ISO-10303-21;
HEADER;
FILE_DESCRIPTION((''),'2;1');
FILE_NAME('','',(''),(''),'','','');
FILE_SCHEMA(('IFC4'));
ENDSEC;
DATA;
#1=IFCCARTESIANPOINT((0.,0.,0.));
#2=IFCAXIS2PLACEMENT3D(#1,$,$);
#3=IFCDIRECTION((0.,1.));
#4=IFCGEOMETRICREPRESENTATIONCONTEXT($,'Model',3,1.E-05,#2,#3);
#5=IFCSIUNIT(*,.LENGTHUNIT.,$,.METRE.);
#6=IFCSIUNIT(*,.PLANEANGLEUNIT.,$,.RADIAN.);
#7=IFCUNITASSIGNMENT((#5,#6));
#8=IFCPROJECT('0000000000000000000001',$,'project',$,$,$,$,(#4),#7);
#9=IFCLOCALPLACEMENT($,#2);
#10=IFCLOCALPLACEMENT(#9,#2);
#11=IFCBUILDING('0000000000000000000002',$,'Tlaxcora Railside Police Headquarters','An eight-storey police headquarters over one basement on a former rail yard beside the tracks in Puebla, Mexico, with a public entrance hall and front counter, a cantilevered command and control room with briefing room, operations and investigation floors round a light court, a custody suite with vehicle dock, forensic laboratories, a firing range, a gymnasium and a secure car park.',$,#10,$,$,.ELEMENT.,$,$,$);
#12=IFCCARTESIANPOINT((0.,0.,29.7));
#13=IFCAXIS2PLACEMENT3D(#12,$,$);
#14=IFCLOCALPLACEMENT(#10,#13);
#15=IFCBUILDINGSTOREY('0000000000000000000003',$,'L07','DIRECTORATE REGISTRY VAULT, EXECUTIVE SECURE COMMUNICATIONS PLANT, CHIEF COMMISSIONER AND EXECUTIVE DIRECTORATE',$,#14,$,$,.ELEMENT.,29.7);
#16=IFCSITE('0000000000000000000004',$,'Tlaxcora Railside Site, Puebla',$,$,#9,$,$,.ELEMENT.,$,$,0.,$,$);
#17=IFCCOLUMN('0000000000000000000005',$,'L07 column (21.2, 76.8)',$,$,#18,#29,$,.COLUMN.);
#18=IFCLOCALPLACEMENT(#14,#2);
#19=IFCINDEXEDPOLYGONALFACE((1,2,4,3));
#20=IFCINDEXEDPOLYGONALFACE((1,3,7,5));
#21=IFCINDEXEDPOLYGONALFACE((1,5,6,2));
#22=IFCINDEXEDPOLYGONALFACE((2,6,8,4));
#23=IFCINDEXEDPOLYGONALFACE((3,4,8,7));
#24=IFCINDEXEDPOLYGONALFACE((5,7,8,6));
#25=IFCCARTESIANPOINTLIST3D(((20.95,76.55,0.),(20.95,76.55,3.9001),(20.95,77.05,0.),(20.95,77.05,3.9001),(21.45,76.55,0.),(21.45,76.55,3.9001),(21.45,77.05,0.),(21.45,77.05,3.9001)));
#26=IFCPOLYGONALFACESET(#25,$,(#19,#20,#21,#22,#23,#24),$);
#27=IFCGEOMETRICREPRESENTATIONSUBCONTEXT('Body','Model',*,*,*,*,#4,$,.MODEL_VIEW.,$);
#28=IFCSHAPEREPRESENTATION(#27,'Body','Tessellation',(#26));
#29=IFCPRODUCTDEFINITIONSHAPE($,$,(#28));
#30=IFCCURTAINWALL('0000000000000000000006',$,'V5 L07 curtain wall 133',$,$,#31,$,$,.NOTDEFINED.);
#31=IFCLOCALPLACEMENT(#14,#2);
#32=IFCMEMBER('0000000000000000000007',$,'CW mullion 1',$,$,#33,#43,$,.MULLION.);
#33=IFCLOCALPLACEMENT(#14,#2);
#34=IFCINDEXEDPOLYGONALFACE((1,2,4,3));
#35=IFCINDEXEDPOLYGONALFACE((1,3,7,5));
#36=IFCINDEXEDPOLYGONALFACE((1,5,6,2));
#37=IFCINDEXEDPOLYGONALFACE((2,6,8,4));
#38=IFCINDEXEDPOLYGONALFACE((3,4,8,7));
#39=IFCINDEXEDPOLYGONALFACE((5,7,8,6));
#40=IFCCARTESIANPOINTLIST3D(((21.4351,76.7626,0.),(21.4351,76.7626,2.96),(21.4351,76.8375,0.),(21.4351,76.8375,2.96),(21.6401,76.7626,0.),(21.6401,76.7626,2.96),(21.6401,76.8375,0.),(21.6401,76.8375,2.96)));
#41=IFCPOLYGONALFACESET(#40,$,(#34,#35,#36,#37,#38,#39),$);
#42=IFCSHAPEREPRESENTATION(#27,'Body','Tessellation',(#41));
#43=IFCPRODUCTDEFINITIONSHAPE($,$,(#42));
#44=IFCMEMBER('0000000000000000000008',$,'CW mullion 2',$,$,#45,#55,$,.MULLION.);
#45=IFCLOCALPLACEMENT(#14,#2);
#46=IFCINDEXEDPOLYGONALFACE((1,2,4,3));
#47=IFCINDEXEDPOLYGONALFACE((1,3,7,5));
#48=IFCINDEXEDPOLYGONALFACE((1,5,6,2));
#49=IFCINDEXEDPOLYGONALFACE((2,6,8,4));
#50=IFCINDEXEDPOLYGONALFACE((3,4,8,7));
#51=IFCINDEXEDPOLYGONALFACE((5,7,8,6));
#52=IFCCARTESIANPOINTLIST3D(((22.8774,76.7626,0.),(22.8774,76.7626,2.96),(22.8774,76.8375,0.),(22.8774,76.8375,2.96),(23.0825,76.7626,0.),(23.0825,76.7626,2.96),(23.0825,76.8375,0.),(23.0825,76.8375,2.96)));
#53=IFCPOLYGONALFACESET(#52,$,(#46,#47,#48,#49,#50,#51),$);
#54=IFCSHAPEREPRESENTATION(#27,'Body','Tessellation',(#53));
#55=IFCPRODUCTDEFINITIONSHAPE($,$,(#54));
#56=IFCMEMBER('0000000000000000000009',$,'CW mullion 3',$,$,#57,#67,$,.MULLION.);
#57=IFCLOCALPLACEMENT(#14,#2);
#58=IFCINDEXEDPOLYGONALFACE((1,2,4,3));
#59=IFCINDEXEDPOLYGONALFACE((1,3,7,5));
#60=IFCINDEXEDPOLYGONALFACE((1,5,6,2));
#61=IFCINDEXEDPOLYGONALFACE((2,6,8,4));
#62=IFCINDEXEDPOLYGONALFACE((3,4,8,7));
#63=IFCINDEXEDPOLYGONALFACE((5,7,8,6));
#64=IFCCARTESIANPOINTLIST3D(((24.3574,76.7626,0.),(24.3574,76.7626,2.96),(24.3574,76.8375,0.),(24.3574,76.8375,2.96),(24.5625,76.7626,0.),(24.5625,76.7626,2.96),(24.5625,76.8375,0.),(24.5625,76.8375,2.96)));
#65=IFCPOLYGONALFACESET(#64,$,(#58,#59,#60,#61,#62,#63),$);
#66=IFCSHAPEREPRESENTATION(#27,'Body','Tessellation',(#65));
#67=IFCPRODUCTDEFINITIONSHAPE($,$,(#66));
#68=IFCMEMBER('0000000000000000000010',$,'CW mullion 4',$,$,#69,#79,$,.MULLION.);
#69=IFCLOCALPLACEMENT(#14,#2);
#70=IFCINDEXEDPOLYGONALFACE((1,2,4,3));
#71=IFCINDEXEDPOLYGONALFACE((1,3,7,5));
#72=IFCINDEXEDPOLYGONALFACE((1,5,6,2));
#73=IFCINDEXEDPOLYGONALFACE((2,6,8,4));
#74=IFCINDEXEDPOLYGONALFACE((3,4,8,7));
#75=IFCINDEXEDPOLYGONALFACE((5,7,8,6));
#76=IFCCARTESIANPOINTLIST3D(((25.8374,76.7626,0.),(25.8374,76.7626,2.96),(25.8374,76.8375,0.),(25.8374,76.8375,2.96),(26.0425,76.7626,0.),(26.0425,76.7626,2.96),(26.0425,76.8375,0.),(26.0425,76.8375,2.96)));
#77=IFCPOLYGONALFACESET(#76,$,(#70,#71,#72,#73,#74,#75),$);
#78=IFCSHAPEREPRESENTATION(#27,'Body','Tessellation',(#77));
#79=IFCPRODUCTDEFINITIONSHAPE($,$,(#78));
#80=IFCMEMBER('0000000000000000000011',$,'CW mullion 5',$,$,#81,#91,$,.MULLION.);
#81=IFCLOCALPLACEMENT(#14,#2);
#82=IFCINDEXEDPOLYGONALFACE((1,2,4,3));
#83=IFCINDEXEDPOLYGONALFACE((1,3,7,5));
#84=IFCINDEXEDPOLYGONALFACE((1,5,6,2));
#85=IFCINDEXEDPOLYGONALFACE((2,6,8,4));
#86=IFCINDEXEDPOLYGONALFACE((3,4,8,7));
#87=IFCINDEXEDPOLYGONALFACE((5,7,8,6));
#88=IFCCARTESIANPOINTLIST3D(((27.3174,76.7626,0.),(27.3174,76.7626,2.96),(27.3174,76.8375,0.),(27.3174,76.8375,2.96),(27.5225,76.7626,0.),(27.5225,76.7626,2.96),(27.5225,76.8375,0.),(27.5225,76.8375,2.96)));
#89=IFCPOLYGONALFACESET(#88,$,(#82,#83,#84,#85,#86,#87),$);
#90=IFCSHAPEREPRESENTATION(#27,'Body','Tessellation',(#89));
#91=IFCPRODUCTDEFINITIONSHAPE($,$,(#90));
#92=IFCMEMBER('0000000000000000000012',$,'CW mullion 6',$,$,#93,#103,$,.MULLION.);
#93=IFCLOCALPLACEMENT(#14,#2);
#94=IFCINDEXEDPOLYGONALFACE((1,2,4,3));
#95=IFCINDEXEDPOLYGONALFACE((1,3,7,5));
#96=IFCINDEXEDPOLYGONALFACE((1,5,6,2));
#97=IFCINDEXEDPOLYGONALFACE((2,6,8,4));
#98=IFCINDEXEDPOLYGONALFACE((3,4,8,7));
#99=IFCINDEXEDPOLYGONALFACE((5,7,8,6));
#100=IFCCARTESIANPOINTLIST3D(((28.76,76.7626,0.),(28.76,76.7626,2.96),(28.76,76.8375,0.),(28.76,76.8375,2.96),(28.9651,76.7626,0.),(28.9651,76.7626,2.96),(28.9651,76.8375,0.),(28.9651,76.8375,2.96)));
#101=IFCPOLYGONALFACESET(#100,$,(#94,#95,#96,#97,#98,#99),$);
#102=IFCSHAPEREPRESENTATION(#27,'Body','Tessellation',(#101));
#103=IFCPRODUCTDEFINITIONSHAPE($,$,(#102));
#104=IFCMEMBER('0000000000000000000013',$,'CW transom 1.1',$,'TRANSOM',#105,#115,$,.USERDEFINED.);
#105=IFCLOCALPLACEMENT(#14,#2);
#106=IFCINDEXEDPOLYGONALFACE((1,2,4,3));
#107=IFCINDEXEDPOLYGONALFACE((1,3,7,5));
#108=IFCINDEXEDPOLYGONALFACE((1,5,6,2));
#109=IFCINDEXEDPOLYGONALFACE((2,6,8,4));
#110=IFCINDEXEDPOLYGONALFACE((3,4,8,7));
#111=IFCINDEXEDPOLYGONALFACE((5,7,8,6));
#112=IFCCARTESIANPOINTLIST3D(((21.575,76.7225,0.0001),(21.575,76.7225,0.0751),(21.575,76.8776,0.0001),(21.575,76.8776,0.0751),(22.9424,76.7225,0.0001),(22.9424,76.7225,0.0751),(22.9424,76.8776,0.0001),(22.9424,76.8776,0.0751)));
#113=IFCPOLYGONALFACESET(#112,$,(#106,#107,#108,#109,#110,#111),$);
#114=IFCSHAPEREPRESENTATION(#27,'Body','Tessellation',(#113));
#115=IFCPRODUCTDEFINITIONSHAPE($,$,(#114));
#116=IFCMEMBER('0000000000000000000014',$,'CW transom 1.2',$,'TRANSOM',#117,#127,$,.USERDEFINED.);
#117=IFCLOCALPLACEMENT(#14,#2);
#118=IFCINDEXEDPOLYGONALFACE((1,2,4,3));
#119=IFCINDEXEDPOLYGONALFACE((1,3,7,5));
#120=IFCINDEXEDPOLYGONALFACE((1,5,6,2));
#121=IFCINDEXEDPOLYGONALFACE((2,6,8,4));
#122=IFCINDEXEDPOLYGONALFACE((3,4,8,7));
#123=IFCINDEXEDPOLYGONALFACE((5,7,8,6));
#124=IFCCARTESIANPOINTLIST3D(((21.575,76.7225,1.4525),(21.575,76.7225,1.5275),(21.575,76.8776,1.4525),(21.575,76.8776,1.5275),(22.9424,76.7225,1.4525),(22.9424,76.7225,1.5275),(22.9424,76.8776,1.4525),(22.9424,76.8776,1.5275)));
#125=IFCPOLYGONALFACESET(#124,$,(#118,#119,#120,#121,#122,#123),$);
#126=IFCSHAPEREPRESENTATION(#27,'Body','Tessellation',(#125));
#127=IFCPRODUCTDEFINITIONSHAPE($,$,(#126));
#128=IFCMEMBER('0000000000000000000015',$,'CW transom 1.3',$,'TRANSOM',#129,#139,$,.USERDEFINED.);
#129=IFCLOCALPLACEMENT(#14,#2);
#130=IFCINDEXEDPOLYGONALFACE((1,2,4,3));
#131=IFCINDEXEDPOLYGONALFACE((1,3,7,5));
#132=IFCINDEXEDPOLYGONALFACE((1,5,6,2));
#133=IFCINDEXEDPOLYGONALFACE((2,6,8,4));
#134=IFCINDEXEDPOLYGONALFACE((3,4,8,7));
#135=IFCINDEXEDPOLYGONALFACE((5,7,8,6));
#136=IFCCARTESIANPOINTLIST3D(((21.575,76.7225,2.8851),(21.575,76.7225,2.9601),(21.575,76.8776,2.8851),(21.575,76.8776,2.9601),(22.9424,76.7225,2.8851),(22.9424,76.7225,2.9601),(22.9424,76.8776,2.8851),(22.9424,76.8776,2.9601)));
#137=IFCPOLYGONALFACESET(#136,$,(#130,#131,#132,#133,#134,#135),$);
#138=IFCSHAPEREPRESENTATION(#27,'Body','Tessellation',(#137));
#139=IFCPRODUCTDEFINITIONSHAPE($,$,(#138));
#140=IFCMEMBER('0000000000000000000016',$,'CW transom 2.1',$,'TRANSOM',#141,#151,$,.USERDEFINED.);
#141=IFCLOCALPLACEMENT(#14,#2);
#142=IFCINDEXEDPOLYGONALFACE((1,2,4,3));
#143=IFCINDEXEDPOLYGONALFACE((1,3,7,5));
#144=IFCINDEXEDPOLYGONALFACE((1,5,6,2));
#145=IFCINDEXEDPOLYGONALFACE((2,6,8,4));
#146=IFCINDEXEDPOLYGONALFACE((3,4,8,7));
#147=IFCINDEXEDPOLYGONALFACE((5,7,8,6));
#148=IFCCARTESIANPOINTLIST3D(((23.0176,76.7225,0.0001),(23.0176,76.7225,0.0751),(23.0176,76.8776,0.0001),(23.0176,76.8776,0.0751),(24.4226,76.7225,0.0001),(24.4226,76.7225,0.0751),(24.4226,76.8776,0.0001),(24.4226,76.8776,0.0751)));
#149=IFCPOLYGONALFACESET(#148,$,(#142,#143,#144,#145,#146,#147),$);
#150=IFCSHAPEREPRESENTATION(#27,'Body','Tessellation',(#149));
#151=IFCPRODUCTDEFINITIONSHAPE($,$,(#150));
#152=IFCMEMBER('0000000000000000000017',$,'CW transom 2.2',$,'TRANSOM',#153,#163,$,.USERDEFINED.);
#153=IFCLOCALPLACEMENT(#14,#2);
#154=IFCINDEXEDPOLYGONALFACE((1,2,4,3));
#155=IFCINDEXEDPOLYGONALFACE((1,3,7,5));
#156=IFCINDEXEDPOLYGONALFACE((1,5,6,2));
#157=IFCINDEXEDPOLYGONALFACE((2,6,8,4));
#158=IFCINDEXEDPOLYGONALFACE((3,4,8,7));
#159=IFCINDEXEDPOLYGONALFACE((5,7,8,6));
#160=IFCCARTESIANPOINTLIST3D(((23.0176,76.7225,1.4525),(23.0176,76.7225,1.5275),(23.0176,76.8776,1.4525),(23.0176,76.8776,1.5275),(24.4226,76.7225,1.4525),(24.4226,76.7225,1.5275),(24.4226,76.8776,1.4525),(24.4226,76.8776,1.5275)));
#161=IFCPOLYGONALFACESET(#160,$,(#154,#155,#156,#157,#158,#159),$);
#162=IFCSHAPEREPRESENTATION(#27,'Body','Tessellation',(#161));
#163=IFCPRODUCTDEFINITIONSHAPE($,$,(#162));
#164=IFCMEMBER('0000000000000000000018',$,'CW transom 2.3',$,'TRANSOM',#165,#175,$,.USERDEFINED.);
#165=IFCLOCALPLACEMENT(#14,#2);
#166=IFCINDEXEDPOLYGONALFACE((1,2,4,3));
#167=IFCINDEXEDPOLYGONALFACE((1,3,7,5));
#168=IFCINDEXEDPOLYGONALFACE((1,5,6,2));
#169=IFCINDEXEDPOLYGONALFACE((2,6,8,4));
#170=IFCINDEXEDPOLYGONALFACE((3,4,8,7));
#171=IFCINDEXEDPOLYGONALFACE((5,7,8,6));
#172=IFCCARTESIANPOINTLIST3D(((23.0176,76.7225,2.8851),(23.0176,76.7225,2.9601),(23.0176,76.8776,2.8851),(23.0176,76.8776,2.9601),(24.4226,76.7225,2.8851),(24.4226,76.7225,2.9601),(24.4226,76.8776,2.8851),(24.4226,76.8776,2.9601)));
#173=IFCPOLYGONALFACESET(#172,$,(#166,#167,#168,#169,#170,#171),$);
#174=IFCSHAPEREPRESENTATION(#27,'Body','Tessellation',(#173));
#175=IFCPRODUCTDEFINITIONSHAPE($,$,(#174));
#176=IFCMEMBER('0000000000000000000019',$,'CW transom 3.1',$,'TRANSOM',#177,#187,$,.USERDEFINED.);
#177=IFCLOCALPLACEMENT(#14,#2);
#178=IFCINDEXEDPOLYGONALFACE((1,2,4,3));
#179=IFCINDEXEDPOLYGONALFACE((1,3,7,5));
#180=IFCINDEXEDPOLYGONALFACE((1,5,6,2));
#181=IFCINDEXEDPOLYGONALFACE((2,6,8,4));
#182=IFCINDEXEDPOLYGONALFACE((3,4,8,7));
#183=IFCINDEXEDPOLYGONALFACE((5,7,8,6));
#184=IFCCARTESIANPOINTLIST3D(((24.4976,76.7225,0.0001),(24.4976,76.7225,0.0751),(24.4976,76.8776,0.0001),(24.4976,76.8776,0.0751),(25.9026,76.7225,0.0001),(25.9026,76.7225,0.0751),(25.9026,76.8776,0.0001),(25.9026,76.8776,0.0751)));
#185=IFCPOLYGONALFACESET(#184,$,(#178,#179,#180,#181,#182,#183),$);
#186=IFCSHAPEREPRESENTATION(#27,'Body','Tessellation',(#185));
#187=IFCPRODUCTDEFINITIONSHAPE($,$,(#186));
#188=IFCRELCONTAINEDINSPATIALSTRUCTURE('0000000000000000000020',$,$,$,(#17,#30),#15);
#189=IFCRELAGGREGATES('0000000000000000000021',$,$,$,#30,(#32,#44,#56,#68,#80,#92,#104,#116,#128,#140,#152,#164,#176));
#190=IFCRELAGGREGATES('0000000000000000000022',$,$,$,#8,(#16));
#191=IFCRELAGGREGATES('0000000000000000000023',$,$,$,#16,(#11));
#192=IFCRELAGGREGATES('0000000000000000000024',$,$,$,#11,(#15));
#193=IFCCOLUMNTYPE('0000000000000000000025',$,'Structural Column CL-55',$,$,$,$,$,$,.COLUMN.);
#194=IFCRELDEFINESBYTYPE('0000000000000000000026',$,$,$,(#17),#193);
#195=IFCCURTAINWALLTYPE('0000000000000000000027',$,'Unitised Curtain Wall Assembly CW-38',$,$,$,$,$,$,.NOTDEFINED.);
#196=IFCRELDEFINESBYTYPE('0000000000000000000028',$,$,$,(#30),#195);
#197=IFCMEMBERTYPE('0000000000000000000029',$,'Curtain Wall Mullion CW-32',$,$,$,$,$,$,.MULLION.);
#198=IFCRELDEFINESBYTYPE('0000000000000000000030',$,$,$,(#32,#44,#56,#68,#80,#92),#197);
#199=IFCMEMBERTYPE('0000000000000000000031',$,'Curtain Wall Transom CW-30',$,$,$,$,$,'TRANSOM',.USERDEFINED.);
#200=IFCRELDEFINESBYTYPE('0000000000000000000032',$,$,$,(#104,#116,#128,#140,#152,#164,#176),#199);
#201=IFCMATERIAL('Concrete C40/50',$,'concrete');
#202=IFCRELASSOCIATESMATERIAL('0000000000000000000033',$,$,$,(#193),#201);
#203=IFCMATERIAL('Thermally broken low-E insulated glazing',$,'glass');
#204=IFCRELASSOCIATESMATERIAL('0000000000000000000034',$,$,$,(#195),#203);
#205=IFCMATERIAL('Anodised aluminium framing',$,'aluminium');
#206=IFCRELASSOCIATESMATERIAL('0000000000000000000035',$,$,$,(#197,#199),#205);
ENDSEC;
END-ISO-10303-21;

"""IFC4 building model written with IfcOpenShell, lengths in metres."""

from ifc_helpers import new_model, si_unit, direction, frame, origin, origin_2d, place, context, subcontext, project, spatial, rectangle, extrude, material, material_profile, profile_set, type_object, element, aggregate, save


model = new_model("IFC4")

# Units and contexts
model_context = context("Model", 3, precision=1e-05, world=origin(), true_north=direction((0.0, 1.0)))
body_context = subcontext(model_context, "Body", "Model", "MODEL_VIEW")
ifc_project = project(units=[si_unit("LENGTHUNIT", "METRE"), si_unit("PLANEANGLEUNIT", "RADIAN")], contexts=[model_context])

# Site, building, storey
site_placement = place(None, origin())
site = spatial("IfcSite", under=ifc_project, at=site_placement, Name="Tlaxcora Railside Site, Puebla", CompositionType="ELEMENT", RefElevation=0.0)
building_placement = place(site_placement, origin())
building = spatial("IfcBuilding", under=site, at=building_placement, Name="Tlaxcora Railside Police Headquarters", Description="An eight-storey police headquarters over one basement on a former rail yard beside the tracks in Puebla, Mexico, with a public entrance hall and front counter, a cantilevered command and control room with briefing room, operations and investigation floors round a light court, a custody suite with vehicle dock, forensic laboratories, a firing range, a gymnasium and a secure car park.", CompositionType="ELEMENT")
storey_placement = place(building_placement, frame((0.0, 0.0, 29.7)))
storey = spatial("IfcBuildingStorey", under=building, at=storey_placement, Name="L07", Description="DIRECTORATE REGISTRY VAULT, EXECUTIVE SECURE COMMUNICATIONS PLANT, CHIEF COMMISSIONER AND EXECUTIVE DIRECTORATE", CompositionType="ELEMENT", Elevation=29.7)

# Column
ifc_material_1 = material(Name="Concrete C40/50", Category="concrete")
ifc_material_profile_1 = material_profile(ifc_material_1, rectangle(XDim=0.5, YDim=0.5, at=origin_2d()), Name="RC500X500")
ifc_profile_set_1 = profile_set([ifc_material_profile_1], Name="Concrete C40/50")
column_type = type_object("IfcColumnType", Name="Structural Column CL-55", PredefinedType="COLUMN", material=ifc_profile_set_1)
column_placement = place(storey_placement, frame((21.2, 76.8, 0.0), z_axis=(0.0, 0.0, 1.0), x_axis=(1.0, 0.0, 0.0)))
element("IfcColumn", 1, at=column_placement, inside=storey, type_object=column_type, Name="L07 column (21.2, 76.8)", PredefinedType="COLUMN", context=body_context, shape_type="SweptSolid", body=[
    extrude(rectangle(XDim=0.5, YDim=0.5, at=origin_2d()), origin(), (0.0, 0.0, 1.0), 3.9001),
])

# Curtain wall, members
ifc_material_2 = material(Name="Thermally broken low-E insulated glazing", Category="glass")
curtain_wall_type = type_object("IfcCurtainWallType", Name="Unitised Curtain Wall Assembly CW-38", PredefinedType="NOTDEFINED", material=ifc_material_2)
curtain_wall_placement = place(storey_placement, origin())
curtain_wall = element("IfcCurtainWall", 2, at=curtain_wall_placement, inside=storey, type_object=curtain_wall_type, Name="V5 L07 curtain wall 133", PredefinedType="NOTDEFINED")
ifc_material_3 = material(Name="Anodised aluminium framing", Category="aluminium")
ifc_material_profile_2 = material_profile(ifc_material_3, rectangle(XDim=0.075, YDim=0.2051, at=origin_2d()), Name="AL75X205")
ifc_profile_set_2 = profile_set([ifc_material_profile_2], Name="Anodised aluminium framing")
member_type_1 = type_object("IfcMemberType", Name="Curtain Wall Mullion CW-32", PredefinedType="MULLION", material=ifc_profile_set_2)
member_1_placement = place(storey_placement, frame((21.5376, 76.8, 0.0), z_axis=(0.0, 0.0, 1.0), x_axis=(0.0, 1.0, 0.0)))
member_1 = element("IfcMember", 3, at=member_1_placement, type_object=member_type_1, Name="CW mullion 1", PredefinedType="MULLION", context=body_context, shape_type="SweptSolid", body=[
    extrude(rectangle(XDim=0.075, YDim=0.2051, at=origin_2d()), origin(), (0.0, 0.0, 1.0), 2.96),
])
member_2_placement = place(storey_placement, frame((22.98, 76.8, 0.0), z_axis=(0.0, 0.0, 1.0), x_axis=(0.0, 1.0, 0.0)))
member_2 = element("IfcMember", 4, at=member_2_placement, type_object=member_type_1, Name="CW mullion 2", PredefinedType="MULLION", context=body_context, shape_type="SweptSolid", body=[
    extrude(rectangle(XDim=0.075, YDim=0.2051, at=origin_2d()), origin(), (0.0, 0.0, 1.0), 2.96),
])
member_3_placement = place(storey_placement, frame((24.46, 76.8, 0.0), z_axis=(0.0, 0.0, 1.0), x_axis=(0.0, 1.0, 0.0)))
member_3 = element("IfcMember", 5, at=member_3_placement, type_object=member_type_1, Name="CW mullion 3", PredefinedType="MULLION", context=body_context, shape_type="SweptSolid", body=[
    extrude(rectangle(XDim=0.075, YDim=0.2051, at=origin_2d()), origin(), (0.0, 0.0, 1.0), 2.96),
])
member_4_placement = place(storey_placement, frame((25.9399, 76.8, 0.0), z_axis=(0.0, 0.0, 1.0), x_axis=(0.0, 1.0, 0.0)))
member_4 = element("IfcMember", 6, at=member_4_placement, type_object=member_type_1, Name="CW mullion 4", PredefinedType="MULLION", context=body_context, shape_type="SweptSolid", body=[
    extrude(rectangle(XDim=0.075, YDim=0.2051, at=origin_2d()), origin(), (0.0, 0.0, 1.0), 2.96),
])
member_5_placement = place(storey_placement, frame((27.4199, 76.8, 0.0), z_axis=(0.0, 0.0, 1.0), x_axis=(0.0, 1.0, 0.0)))
member_5 = element("IfcMember", 7, at=member_5_placement, type_object=member_type_1, Name="CW mullion 5", PredefinedType="MULLION", context=body_context, shape_type="SweptSolid", body=[
    extrude(rectangle(XDim=0.075, YDim=0.2051, at=origin_2d()), origin(), (0.0, 0.0, 1.0), 2.96),
])
member_6_placement = place(storey_placement, frame((28.8625, 76.8, 0.0), z_axis=(0.0, 0.0, 1.0), x_axis=(0.0, 1.0, 0.0)))
member_6 = element("IfcMember", 8, at=member_6_placement, type_object=member_type_1, Name="CW mullion 6", PredefinedType="MULLION", context=body_context, shape_type="SweptSolid", body=[
    extrude(rectangle(XDim=0.075, YDim=0.2051, at=origin_2d()), origin(), (0.0, 0.0, 1.0), 2.96),
])
ifc_material_profile_3 = material_profile(ifc_material_3, rectangle(XDim=0.155, YDim=0.075, at=origin_2d()), Name="AL75X155")
ifc_profile_set_3 = profile_set([ifc_material_profile_3], Name="Anodised aluminium framing")
member_type_2 = type_object("IfcMemberType", Name="Curtain Wall Transom CW-30", ElementType="TRANSOM", PredefinedType="USERDEFINED", material=ifc_profile_set_3)
member_7_placement = place(storey_placement, frame((21.575, 76.8, 0.0376), z_axis=(1.0, 0.0, 0.0), x_axis=(0.0, 1.0, 0.0)))
member_7 = element("IfcMember", 9, at=member_7_placement, type_object=member_type_2, Name="CW transom 1.1", ObjectType="TRANSOM", PredefinedType="USERDEFINED", context=body_context, shape_type="SweptSolid", body=[
    extrude(rectangle(XDim=0.155, YDim=0.075, at=origin_2d()), origin(), (0.0, 0.0, 1.0), 1.3674),
])
member_8_placement = place(storey_placement, frame((21.575, 76.8, 1.49), z_axis=(1.0, 0.0, 0.0), x_axis=(0.0, 1.0, 0.0)))
member_8 = element("IfcMember", 10, at=member_8_placement, type_object=member_type_2, Name="CW transom 1.2", ObjectType="TRANSOM", PredefinedType="USERDEFINED", context=body_context, shape_type="SweptSolid", body=[
    extrude(rectangle(XDim=0.155, YDim=0.075, at=origin_2d()), origin(), (0.0, 0.0, 1.0), 1.3674),
])
member_9_placement = place(storey_placement, frame((21.575, 76.8, 2.9226), z_axis=(1.0, 0.0, 0.0), x_axis=(0.0, 1.0, 0.0)))
member_9 = element("IfcMember", 11, at=member_9_placement, type_object=member_type_2, Name="CW transom 1.3", ObjectType="TRANSOM", PredefinedType="USERDEFINED", context=body_context, shape_type="SweptSolid", body=[
    extrude(rectangle(XDim=0.155, YDim=0.075, at=origin_2d()), origin(), (0.0, 0.0, 1.0), 1.3674),
])
member_10_placement = place(storey_placement, frame((23.0176, 76.8, 0.0376), z_axis=(1.0, 0.0, 0.0), x_axis=(0.0, 1.0, 0.0)))
member_10 = element("IfcMember", 12, at=member_10_placement, type_object=member_type_2, Name="CW transom 2.1", ObjectType="TRANSOM", PredefinedType="USERDEFINED", context=body_context, shape_type="SweptSolid", body=[
    extrude(rectangle(XDim=0.155, YDim=0.075, at=origin_2d()), origin(), (0.0, 0.0, 1.0), 1.405),
])
member_11_placement = place(storey_placement, frame((23.0176, 76.8, 1.49), z_axis=(1.0, 0.0, 0.0), x_axis=(0.0, 1.0, 0.0)))
member_11 = element("IfcMember", 13, at=member_11_placement, type_object=member_type_2, Name="CW transom 2.2", ObjectType="TRANSOM", PredefinedType="USERDEFINED", context=body_context, shape_type="SweptSolid", body=[
    extrude(rectangle(XDim=0.155, YDim=0.075, at=origin_2d()), origin(), (0.0, 0.0, 1.0), 1.405),
])
member_12_placement = place(storey_placement, frame((23.0176, 76.8, 2.9226), z_axis=(1.0, 0.0, 0.0), x_axis=(0.0, 1.0, 0.0)))
member_12 = element("IfcMember", 14, at=member_12_placement, type_object=member_type_2, Name="CW transom 2.3", ObjectType="TRANSOM", PredefinedType="USERDEFINED", context=body_context, shape_type="SweptSolid", body=[
    extrude(rectangle(XDim=0.155, YDim=0.075, at=origin_2d()), origin(), (0.0, 0.0, 1.0), 1.405),
])
member_13_placement = place(storey_placement, frame((24.4976, 76.8, 0.0376), z_axis=(1.0, 0.0, 0.0), x_axis=(0.0, 1.0, 0.0)))
member_13 = element("IfcMember", 15, at=member_13_placement, type_object=member_type_2, Name="CW transom 3.1", ObjectType="TRANSOM", PredefinedType="USERDEFINED", context=body_context, shape_type="SweptSolid", body=[
    extrude(rectangle(XDim=0.155, YDim=0.075, at=origin_2d()), origin(), (0.0, 0.0, 1.0), 1.405),
])

aggregate(curtain_wall, [member_1, member_2, member_3, member_4, member_5, member_6, member_7, member_8, member_9, member_10, member_11, member_12, member_13])

save(model, "model.ifc")
